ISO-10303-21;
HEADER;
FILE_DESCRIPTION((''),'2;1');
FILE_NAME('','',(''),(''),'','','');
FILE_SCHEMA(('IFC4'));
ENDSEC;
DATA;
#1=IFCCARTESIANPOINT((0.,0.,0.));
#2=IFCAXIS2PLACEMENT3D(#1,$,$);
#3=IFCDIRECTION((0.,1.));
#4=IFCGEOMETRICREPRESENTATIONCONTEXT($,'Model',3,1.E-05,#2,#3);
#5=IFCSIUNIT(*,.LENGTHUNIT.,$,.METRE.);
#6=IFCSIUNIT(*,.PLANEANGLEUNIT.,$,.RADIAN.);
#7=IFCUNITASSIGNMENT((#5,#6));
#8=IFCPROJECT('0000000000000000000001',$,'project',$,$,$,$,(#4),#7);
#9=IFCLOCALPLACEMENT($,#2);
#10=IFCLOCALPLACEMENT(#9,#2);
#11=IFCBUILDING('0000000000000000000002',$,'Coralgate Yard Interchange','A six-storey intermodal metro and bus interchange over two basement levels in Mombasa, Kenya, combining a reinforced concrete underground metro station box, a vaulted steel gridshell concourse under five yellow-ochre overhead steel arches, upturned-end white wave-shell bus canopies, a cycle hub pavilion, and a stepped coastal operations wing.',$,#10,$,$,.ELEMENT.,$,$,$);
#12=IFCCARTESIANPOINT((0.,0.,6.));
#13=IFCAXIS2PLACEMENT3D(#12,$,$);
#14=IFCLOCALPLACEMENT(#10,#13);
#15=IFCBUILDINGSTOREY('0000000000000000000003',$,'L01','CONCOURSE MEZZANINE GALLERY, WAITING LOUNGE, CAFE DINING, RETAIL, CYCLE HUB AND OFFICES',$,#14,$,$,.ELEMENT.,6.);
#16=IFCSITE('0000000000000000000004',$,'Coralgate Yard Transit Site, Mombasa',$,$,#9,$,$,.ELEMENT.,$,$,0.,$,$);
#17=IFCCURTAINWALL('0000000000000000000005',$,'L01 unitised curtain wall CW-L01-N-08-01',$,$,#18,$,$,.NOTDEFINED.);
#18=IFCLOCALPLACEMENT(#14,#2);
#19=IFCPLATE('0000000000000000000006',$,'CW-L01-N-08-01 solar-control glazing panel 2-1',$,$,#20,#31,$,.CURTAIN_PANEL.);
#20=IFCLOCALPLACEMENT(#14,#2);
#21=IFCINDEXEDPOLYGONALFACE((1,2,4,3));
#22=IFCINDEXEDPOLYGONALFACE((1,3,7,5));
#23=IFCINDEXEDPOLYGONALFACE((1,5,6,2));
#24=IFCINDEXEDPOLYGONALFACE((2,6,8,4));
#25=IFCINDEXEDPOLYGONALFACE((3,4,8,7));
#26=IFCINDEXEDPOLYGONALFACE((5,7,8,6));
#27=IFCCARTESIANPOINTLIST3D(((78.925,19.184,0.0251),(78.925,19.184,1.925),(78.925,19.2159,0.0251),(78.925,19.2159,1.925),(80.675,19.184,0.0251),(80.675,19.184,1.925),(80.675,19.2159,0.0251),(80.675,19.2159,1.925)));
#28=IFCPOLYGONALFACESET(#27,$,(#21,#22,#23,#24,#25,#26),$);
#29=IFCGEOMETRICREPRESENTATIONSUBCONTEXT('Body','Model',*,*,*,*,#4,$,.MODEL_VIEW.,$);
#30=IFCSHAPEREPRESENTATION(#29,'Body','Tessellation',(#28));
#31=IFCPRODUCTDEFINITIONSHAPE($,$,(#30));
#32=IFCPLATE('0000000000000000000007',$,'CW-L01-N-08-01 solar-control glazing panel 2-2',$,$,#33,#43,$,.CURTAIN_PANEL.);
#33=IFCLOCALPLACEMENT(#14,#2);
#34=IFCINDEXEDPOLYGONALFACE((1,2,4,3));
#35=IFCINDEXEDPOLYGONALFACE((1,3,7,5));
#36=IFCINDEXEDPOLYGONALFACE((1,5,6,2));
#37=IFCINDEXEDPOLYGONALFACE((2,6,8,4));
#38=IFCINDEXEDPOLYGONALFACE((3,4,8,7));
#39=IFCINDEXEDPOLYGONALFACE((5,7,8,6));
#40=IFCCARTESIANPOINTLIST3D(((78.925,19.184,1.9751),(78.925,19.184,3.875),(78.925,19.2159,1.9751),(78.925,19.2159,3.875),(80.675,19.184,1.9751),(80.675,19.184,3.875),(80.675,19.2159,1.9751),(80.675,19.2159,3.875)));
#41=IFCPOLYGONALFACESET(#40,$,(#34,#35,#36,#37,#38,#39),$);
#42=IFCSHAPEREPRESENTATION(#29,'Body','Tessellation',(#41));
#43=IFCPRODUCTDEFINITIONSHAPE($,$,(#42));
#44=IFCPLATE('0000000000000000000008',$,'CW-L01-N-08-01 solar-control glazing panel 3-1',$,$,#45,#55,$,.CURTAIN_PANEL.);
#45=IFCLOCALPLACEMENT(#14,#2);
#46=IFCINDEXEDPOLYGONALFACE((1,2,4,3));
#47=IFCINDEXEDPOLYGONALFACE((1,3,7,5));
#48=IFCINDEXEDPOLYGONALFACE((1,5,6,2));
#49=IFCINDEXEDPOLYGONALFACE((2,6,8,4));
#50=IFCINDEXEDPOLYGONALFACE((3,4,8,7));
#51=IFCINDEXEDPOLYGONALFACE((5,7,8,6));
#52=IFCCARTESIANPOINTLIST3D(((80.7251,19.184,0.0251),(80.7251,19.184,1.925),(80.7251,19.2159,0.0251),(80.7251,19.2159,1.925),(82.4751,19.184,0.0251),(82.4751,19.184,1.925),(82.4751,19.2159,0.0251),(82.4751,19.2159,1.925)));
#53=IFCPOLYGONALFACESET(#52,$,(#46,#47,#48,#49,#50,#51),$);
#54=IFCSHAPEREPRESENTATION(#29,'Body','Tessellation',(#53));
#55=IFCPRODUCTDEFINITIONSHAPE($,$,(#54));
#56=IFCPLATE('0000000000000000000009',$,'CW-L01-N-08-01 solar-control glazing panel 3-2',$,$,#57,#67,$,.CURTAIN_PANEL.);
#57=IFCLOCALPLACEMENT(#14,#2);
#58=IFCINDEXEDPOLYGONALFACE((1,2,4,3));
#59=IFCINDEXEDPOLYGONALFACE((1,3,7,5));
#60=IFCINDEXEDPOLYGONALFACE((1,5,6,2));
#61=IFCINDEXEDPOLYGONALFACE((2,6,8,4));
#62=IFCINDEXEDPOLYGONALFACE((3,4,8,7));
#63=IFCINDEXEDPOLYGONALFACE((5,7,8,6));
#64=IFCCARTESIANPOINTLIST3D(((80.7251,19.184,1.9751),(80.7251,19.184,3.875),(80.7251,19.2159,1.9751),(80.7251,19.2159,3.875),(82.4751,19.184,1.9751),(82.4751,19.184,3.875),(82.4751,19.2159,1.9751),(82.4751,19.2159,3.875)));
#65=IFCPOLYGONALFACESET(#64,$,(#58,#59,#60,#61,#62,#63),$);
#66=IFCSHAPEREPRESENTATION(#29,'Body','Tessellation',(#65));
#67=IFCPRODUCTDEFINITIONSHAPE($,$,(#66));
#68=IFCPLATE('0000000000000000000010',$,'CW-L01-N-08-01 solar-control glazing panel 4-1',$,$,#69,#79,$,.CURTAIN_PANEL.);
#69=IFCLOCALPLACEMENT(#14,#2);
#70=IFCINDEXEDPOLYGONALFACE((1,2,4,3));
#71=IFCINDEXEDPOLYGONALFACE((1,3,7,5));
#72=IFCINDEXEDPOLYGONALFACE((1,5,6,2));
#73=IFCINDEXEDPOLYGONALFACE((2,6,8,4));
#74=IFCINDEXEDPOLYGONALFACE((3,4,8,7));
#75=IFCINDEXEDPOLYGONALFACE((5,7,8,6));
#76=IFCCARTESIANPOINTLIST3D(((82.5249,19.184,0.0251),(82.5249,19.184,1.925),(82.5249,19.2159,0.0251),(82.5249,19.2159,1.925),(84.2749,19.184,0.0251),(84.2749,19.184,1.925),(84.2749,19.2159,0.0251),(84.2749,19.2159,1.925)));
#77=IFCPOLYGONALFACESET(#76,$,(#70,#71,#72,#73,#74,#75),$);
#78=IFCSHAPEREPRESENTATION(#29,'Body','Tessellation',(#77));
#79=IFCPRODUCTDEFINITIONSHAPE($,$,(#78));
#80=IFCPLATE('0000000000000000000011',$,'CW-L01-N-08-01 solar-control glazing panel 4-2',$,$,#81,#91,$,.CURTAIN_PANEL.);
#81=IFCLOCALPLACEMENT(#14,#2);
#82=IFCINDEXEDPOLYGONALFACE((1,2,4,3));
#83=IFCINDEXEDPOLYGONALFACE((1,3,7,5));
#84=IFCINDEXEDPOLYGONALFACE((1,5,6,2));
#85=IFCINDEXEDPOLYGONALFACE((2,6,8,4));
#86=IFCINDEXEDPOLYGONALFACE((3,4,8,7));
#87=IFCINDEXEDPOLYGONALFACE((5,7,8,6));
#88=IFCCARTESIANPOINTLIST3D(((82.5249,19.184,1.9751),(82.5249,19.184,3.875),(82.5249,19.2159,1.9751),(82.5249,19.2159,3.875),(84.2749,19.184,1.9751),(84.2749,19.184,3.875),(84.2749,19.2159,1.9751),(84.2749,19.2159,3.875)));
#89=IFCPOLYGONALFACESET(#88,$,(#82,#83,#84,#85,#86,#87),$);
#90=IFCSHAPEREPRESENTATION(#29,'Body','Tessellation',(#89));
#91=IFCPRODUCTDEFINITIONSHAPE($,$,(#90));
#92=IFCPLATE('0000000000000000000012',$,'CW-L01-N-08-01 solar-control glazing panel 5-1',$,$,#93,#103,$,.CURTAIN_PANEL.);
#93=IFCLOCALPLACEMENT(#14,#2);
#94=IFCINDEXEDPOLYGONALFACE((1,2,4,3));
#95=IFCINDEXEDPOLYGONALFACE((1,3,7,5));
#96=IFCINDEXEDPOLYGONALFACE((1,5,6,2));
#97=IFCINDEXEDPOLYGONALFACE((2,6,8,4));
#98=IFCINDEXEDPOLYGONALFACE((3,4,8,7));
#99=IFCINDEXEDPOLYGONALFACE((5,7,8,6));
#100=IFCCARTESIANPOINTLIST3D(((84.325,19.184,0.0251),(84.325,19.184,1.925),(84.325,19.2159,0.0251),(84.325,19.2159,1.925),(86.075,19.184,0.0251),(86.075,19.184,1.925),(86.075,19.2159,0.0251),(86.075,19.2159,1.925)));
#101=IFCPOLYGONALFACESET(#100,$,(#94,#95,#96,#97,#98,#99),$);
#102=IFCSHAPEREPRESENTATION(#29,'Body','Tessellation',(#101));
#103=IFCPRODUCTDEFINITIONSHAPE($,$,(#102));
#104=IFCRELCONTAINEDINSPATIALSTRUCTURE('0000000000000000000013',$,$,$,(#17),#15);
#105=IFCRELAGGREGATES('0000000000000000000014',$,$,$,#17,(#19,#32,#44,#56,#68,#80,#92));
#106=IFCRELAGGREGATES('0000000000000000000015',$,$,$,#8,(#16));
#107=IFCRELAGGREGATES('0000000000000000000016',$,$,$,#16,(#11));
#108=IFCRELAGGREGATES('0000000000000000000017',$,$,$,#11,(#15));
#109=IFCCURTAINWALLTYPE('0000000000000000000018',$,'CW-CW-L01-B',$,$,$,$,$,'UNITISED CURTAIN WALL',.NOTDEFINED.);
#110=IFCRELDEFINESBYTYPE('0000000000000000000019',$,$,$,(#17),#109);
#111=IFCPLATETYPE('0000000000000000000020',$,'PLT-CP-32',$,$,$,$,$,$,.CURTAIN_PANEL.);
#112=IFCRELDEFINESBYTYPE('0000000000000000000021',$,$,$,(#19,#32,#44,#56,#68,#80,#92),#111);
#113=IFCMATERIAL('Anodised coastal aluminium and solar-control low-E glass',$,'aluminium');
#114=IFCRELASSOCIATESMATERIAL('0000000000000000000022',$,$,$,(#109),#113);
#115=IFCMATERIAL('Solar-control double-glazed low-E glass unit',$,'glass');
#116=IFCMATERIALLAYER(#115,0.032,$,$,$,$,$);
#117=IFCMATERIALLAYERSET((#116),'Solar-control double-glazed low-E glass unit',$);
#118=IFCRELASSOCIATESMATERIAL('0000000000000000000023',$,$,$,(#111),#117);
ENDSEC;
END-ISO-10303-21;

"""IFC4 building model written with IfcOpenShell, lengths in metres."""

from ifc_helpers import new_model, si_unit, direction, frame, origin, origin_2d, place, context, subcontext, project, spatial, rectangle, extrude, material, layer, layer_set, type_object, element, aggregate, save


model = new_model("IFC4")

# Units and contexts
model_context = context("Model", 3, precision=1e-05, world=origin(), true_north=direction((0.0, 1.0)))
body_context = subcontext(model_context, "Body", "Model", "MODEL_VIEW")
ifc_project = project(units=[si_unit("LENGTHUNIT", "METRE"), si_unit("PLANEANGLEUNIT", "RADIAN")], contexts=[model_context])

# Site, building, storey
site_placement = place(None, origin())
site = spatial("IfcSite", under=ifc_project, at=site_placement, Name="Coralgate Yard Transit Site, Mombasa", CompositionType="ELEMENT", RefElevation=0.0)
building_placement = place(site_placement, origin())
building = spatial("IfcBuilding", under=site, at=building_placement, Name="Coralgate Yard Interchange", Description="A six-storey intermodal metro and bus interchange over two basement levels in Mombasa, Kenya, combining a reinforced concrete underground metro station box, a vaulted steel gridshell concourse under five yellow-ochre overhead steel arches, upturned-end white wave-shell bus canopies, a cycle hub pavilion, and a stepped coastal operations wing.", CompositionType="ELEMENT")
storey_placement = place(building_placement, frame((0.0, 0.0, 6.0)))
storey = spatial("IfcBuildingStorey", under=building, at=storey_placement, Name="L01", Description="CONCOURSE MEZZANINE GALLERY, WAITING LOUNGE, CAFE DINING, RETAIL, CYCLE HUB AND OFFICES", CompositionType="ELEMENT", Elevation=6.0)

# Shared definitions
ifc_material_1 = material(Name="Anodised coastal aluminium and solar-control low-E glass", Category="aluminium")

# Curtain wall
curtain_wall_type_1 = type_object("IfcCurtainWallType", Name="CW-CW-L01-B", ElementType="UNITISED CURTAIN WALL", PredefinedType="NOTDEFINED", material=ifc_material_1)
curtain_wall_1_placement = place(storey_placement, origin())
curtain_wall_1 = element("IfcCurtainWall", 1, at=curtain_wall_1_placement, inside=storey, type_object=curtain_wall_type_1, Name="L01 unitised curtain wall CW-L01-N-08-01", PredefinedType="NOTDEFINED")

# Plates
ifc_material_2 = material(Name="Solar-control double-glazed low-E glass unit", Category="glass")
ifc_layer = layer(ifc_material_2, 0.032)
ifc_layer_set = layer_set([ifc_layer], Name="Solar-control double-glazed low-E glass unit")
plate_type = type_object("IfcPlateType", Name="PLT-CP-32", PredefinedType="CURTAIN_PANEL", material=ifc_layer_set)
plate_1_placement = place(storey_placement, frame((79.8, 19.2, 0.0251), z_axis=(0.0, 0.0, 1.0), x_axis=(1.0, 0.0, 0.0)))
plate_1 = element("IfcPlate", 2, at=plate_1_placement, type_object=plate_type, Name="CW-L01-N-08-01 solar-control glazing panel 2-1", PredefinedType="CURTAIN_PANEL", context=body_context, shape_type="SweptSolid", body=[
    extrude(rectangle(XDim=1.75, YDim=0.032, at=origin_2d()), origin(), (0.0, 0.0, 1.0), 1.8999),
])
plate_2_placement = place(storey_placement, frame((79.8, 19.2, 1.9751), z_axis=(0.0, 0.0, 1.0), x_axis=(1.0, 0.0, 0.0)))
plate_2 = element("IfcPlate", 3, at=plate_2_placement, type_object=plate_type, Name="CW-L01-N-08-01 solar-control glazing panel 2-2", PredefinedType="CURTAIN_PANEL", context=body_context, shape_type="SweptSolid", body=[
    extrude(rectangle(XDim=1.75, YDim=0.032, at=origin_2d()), origin(), (0.0, 0.0, 1.0), 1.8999),
])
plate_3_placement = place(storey_placement, frame((81.6001, 19.2, 0.0251), z_axis=(0.0, 0.0, 1.0), x_axis=(1.0, 0.0, 0.0)))
plate_3 = element("IfcPlate", 4, at=plate_3_placement, type_object=plate_type, Name="CW-L01-N-08-01 solar-control glazing panel 3-1", PredefinedType="CURTAIN_PANEL", context=body_context, shape_type="SweptSolid", body=[
    extrude(rectangle(XDim=1.75, YDim=0.032, at=origin_2d()), origin(), (0.0, 0.0, 1.0), 1.8999),
])
plate_4_placement = place(storey_placement, frame((81.6001, 19.2, 1.9751), z_axis=(0.0, 0.0, 1.0), x_axis=(1.0, 0.0, 0.0)))
plate_4 = element("IfcPlate", 5, at=plate_4_placement, type_object=plate_type, Name="CW-L01-N-08-01 solar-control glazing panel 3-2", PredefinedType="CURTAIN_PANEL", context=body_context, shape_type="SweptSolid", body=[
    extrude(rectangle(XDim=1.75, YDim=0.032, at=origin_2d()), origin(), (0.0, 0.0, 1.0), 1.8999),
])
plate_5_placement = place(storey_placement, frame((83.3999, 19.2, 0.0251), z_axis=(0.0, 0.0, 1.0), x_axis=(1.0, 0.0, 0.0)))
plate_5 = element("IfcPlate", 6, at=plate_5_placement, type_object=plate_type, Name="CW-L01-N-08-01 solar-control glazing panel 4-1", PredefinedType="CURTAIN_PANEL", context=body_context, shape_type="SweptSolid", body=[
    extrude(rectangle(XDim=1.75, YDim=0.032, at=origin_2d()), origin(), (0.0, 0.0, 1.0), 1.8999),
])
plate_6_placement = place(storey_placement, frame((83.3999, 19.2, 1.9751), z_axis=(0.0, 0.0, 1.0), x_axis=(1.0, 0.0, 0.0)))
plate_6 = element("IfcPlate", 7, at=plate_6_placement, type_object=plate_type, Name="CW-L01-N-08-01 solar-control glazing panel 4-2", PredefinedType="CURTAIN_PANEL", context=body_context, shape_type="SweptSolid", body=[
    extrude(rectangle(XDim=1.75, YDim=0.032, at=origin_2d()), origin(), (0.0, 0.0, 1.0), 1.8999),
])
plate_7_placement = place(storey_placement, frame((85.2, 19.2, 0.0251), z_axis=(0.0, 0.0, 1.0), x_axis=(1.0, 0.0, 0.0)))
plate_7 = element("IfcPlate", 8, at=plate_7_placement, type_object=plate_type, Name="CW-L01-N-08-01 solar-control glazing panel 5-1", PredefinedType="CURTAIN_PANEL", context=body_context, shape_type="SweptSolid", body=[
    extrude(rectangle(XDim=1.75, YDim=0.032, at=origin_2d()), origin(), (0.0, 0.0, 1.0), 1.8999),
])
aggregate(curtain_wall_1, [plate_1, plate_2, plate_3, plate_4, plate_5, plate_6, plate_7])

save(model, "model.ifc")
